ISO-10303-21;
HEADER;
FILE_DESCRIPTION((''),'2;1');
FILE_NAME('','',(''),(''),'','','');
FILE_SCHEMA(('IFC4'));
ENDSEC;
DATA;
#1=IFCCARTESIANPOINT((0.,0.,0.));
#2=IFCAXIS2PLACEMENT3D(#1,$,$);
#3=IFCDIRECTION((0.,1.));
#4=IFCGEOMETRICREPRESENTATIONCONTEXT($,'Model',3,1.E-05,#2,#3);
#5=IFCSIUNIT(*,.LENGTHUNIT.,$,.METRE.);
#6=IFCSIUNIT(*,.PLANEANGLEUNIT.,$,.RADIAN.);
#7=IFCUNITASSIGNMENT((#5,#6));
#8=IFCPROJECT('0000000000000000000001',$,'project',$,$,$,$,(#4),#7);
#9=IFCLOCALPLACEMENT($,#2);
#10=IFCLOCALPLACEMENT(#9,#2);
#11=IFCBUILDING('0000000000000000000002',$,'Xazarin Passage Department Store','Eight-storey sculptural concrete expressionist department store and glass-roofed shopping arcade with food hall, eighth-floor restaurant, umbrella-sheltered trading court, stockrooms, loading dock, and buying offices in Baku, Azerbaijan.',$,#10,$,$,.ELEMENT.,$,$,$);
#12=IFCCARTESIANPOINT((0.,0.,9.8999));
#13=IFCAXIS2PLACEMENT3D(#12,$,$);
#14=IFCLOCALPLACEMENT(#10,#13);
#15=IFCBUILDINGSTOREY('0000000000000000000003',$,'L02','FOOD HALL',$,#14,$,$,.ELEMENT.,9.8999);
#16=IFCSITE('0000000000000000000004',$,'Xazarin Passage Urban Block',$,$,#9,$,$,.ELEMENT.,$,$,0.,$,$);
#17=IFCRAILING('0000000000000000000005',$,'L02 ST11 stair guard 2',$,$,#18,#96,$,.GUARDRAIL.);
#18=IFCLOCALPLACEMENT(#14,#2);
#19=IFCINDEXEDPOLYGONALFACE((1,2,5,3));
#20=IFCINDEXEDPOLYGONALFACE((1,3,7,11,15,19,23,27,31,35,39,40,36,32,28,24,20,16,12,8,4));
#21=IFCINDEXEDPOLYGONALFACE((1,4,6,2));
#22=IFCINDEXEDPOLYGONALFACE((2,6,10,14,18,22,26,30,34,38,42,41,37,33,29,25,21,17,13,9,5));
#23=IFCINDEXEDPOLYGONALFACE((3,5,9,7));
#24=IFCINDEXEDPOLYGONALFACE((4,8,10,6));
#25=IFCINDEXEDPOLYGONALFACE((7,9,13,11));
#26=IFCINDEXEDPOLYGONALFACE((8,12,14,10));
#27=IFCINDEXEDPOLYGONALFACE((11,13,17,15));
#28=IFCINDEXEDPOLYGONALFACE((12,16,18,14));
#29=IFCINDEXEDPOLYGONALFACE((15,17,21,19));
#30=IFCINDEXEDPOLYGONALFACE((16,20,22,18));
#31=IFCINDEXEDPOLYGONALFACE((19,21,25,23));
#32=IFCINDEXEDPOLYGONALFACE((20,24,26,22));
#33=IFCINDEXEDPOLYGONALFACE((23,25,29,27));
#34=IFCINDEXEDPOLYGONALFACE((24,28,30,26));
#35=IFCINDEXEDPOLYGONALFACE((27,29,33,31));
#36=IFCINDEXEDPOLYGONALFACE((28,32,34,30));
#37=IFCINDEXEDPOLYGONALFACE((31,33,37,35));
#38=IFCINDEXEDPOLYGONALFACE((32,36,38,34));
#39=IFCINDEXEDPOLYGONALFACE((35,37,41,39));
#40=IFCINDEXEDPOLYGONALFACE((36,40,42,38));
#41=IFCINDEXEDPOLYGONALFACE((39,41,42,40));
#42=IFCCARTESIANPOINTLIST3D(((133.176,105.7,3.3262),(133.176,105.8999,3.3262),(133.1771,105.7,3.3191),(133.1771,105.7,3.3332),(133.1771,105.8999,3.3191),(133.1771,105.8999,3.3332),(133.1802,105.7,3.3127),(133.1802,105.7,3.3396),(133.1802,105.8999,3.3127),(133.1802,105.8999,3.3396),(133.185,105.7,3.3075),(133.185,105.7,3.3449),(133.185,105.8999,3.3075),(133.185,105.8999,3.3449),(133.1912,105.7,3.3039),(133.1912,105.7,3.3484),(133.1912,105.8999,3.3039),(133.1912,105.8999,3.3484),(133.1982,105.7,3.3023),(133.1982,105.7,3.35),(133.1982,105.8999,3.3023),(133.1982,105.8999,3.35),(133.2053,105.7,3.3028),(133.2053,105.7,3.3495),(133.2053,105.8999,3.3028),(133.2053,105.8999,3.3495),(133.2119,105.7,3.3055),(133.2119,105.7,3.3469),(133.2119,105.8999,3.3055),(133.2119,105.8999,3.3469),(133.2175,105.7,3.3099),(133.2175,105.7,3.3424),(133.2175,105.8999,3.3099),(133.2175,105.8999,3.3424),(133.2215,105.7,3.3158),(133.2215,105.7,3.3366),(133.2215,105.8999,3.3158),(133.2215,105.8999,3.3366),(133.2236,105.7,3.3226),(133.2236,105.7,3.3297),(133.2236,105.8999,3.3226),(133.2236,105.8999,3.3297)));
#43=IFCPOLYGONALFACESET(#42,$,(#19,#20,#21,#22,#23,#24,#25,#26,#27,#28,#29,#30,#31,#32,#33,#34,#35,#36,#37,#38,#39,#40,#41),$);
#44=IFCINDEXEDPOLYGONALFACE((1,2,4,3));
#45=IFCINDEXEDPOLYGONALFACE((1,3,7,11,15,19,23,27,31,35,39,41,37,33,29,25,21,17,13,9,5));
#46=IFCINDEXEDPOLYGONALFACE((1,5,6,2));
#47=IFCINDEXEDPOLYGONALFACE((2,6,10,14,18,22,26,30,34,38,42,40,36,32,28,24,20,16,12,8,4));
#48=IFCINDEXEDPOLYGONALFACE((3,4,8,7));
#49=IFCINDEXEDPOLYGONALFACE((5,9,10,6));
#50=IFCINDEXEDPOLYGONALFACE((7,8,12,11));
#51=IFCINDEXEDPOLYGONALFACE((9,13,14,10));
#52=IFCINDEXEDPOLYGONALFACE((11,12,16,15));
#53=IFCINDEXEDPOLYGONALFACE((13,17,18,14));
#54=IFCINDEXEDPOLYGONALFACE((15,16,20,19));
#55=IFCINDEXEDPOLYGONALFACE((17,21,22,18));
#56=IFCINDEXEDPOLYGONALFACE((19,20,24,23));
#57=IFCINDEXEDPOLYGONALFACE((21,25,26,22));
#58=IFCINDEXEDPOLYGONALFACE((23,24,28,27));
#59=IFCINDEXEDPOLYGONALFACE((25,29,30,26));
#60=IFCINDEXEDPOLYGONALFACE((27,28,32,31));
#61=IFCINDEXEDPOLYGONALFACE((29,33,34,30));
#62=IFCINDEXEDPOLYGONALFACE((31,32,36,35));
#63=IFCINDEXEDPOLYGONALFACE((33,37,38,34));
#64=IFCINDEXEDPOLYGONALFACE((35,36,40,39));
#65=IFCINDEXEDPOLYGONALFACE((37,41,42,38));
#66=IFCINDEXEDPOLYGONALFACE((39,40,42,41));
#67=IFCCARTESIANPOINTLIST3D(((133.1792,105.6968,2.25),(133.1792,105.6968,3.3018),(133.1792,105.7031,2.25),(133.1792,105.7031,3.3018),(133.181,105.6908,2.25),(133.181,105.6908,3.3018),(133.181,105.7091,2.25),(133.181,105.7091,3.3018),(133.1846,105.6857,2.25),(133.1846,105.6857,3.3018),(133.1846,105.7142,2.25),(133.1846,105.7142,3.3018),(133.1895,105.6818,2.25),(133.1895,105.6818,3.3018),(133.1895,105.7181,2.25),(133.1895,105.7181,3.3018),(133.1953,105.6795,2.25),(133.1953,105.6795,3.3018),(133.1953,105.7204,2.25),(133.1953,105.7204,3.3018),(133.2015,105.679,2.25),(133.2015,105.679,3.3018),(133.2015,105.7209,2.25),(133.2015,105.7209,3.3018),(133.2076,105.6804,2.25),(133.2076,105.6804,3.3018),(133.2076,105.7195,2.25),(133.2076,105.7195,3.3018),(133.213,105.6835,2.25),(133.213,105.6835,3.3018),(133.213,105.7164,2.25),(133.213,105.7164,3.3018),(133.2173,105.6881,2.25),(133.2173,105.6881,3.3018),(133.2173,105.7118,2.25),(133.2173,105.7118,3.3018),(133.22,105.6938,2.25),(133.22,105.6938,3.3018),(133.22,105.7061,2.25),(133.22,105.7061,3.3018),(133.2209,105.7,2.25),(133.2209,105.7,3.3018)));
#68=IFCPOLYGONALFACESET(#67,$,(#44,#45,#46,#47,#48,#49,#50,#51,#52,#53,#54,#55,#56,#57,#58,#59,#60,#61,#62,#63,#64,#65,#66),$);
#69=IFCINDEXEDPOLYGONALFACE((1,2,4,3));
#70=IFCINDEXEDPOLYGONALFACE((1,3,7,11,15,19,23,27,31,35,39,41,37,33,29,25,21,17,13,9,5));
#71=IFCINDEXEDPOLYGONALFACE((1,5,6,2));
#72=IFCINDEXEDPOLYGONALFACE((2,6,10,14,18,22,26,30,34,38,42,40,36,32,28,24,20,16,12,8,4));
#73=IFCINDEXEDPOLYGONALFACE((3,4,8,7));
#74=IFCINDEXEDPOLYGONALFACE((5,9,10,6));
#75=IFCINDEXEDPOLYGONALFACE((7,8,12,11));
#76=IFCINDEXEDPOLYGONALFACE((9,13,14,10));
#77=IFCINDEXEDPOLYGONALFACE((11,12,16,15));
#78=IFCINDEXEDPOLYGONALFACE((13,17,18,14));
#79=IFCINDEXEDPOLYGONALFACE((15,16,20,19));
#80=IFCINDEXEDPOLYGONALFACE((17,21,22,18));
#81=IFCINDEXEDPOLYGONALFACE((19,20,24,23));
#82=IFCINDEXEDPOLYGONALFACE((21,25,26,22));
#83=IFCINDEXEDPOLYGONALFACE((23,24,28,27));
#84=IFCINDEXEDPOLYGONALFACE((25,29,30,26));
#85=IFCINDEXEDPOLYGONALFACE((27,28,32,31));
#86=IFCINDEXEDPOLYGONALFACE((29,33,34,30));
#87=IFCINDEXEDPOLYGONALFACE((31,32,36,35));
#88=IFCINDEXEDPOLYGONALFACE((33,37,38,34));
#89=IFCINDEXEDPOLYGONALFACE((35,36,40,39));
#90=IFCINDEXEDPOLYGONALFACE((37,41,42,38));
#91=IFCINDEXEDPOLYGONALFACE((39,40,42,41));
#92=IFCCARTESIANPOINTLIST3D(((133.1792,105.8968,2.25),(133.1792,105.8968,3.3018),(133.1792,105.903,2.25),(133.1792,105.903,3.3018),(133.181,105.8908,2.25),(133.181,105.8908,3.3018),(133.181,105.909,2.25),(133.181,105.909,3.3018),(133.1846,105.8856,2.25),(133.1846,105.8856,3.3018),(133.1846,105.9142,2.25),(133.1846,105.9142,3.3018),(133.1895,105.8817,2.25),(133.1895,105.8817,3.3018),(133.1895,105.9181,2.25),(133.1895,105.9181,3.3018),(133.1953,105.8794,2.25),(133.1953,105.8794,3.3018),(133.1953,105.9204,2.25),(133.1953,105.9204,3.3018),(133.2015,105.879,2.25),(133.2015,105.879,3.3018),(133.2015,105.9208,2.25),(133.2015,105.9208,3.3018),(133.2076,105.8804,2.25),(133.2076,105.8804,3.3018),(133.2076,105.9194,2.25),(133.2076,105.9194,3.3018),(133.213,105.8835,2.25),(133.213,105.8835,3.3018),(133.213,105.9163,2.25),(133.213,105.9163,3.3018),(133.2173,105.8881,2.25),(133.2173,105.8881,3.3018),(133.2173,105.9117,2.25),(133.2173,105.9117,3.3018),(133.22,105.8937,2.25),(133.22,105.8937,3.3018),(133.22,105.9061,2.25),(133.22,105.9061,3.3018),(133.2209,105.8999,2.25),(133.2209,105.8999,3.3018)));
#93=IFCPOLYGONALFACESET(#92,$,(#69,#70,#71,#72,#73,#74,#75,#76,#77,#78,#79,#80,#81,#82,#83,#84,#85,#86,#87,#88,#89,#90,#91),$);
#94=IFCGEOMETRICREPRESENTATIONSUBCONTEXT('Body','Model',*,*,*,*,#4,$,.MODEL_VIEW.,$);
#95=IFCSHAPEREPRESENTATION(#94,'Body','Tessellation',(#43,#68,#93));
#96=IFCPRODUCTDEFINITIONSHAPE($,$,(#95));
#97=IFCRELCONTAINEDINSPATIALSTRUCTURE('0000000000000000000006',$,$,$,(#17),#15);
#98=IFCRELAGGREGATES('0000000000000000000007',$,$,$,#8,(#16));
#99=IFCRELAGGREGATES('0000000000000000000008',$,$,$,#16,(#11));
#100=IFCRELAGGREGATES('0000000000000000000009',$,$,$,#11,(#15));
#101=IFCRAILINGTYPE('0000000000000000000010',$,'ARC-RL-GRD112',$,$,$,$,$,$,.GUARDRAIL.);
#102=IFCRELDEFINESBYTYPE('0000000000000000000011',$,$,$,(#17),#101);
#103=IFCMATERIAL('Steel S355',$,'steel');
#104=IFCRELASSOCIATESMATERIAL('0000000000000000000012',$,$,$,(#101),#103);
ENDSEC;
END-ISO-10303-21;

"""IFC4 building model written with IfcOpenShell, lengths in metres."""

from ifc_helpers import new_model, si_unit, direction, frame, origin, origin_2d, place, context, subcontext, project, spatial, circle, extrude, material, type_object, element, save


model = new_model("IFC4")

# Units and contexts
model_context = context("Model", 3, precision=1e-05, world=origin(), true_north=direction((0.0, 1.0)))
body_context = subcontext(model_context, "Body", "Model", "MODEL_VIEW")
ifc_project = project(units=[si_unit("LENGTHUNIT", "METRE"), si_unit("PLANEANGLEUNIT", "RADIAN")], contexts=[model_context])

# Site, building, storey
site_placement = place(None, origin())
site = spatial("IfcSite", under=ifc_project, at=site_placement, Name="Xazarin Passage Urban Block", CompositionType="ELEMENT", RefElevation=0.0)
building_placement = place(site_placement, origin())
building = spatial("IfcBuilding", under=site, at=building_placement, Name="Xazarin Passage Department Store", Description="Eight-storey sculptural concrete expressionist department store and glass-roofed shopping arcade with food hall, eighth-floor restaurant, umbrella-sheltered trading court, stockrooms, loading dock, and buying offices in Baku, Azerbaijan.", CompositionType="ELEMENT")
storey_placement = place(building_placement, frame((0.0, 0.0, 9.8999)))
storey = spatial("IfcBuildingStorey", under=building, at=storey_placement, Name="L02", Description="FOOD HALL", CompositionType="ELEMENT", Elevation=9.8999)

# Shared definitions
ifc_material_1 = material(Name="Steel S355", Category="steel")

# Railing
railing_type_1 = type_object("IfcRailingType", Name="ARC-RL-GRD112", PredefinedType="GUARDRAIL", material=ifc_material_1)
railing_1_placement = place(storey_placement, frame((133.2, 105.7, 2.25)))
element("IfcRailing", 1, at=railing_1_placement, inside=storey, type_object=railing_type_1, Name="L02 ST11 stair guard 2", PredefinedType="GUARDRAIL", context=body_context, shape_type="SweptSolid", body=[
    extrude(circle(Radius=0.0239, at=origin_2d()), frame((0.0, 0.0, 1.0762), z_axis=(0.0, 1.0, 0.0), x_axis=(-1.0, 0.0, 0.0)), (0.0, 0.0, 1.0), 0.2),
    extrude(circle(Radius=0.021, at=origin_2d()), origin(), (0.0, 0.0, 1.0), 1.0518),
    extrude(circle(Radius=0.021, at=origin_2d()), frame((0.0, 0.2, 0.0)), (0.0, 0.0, 1.0), 1.0518),
])

save(model, "model.ifc")
